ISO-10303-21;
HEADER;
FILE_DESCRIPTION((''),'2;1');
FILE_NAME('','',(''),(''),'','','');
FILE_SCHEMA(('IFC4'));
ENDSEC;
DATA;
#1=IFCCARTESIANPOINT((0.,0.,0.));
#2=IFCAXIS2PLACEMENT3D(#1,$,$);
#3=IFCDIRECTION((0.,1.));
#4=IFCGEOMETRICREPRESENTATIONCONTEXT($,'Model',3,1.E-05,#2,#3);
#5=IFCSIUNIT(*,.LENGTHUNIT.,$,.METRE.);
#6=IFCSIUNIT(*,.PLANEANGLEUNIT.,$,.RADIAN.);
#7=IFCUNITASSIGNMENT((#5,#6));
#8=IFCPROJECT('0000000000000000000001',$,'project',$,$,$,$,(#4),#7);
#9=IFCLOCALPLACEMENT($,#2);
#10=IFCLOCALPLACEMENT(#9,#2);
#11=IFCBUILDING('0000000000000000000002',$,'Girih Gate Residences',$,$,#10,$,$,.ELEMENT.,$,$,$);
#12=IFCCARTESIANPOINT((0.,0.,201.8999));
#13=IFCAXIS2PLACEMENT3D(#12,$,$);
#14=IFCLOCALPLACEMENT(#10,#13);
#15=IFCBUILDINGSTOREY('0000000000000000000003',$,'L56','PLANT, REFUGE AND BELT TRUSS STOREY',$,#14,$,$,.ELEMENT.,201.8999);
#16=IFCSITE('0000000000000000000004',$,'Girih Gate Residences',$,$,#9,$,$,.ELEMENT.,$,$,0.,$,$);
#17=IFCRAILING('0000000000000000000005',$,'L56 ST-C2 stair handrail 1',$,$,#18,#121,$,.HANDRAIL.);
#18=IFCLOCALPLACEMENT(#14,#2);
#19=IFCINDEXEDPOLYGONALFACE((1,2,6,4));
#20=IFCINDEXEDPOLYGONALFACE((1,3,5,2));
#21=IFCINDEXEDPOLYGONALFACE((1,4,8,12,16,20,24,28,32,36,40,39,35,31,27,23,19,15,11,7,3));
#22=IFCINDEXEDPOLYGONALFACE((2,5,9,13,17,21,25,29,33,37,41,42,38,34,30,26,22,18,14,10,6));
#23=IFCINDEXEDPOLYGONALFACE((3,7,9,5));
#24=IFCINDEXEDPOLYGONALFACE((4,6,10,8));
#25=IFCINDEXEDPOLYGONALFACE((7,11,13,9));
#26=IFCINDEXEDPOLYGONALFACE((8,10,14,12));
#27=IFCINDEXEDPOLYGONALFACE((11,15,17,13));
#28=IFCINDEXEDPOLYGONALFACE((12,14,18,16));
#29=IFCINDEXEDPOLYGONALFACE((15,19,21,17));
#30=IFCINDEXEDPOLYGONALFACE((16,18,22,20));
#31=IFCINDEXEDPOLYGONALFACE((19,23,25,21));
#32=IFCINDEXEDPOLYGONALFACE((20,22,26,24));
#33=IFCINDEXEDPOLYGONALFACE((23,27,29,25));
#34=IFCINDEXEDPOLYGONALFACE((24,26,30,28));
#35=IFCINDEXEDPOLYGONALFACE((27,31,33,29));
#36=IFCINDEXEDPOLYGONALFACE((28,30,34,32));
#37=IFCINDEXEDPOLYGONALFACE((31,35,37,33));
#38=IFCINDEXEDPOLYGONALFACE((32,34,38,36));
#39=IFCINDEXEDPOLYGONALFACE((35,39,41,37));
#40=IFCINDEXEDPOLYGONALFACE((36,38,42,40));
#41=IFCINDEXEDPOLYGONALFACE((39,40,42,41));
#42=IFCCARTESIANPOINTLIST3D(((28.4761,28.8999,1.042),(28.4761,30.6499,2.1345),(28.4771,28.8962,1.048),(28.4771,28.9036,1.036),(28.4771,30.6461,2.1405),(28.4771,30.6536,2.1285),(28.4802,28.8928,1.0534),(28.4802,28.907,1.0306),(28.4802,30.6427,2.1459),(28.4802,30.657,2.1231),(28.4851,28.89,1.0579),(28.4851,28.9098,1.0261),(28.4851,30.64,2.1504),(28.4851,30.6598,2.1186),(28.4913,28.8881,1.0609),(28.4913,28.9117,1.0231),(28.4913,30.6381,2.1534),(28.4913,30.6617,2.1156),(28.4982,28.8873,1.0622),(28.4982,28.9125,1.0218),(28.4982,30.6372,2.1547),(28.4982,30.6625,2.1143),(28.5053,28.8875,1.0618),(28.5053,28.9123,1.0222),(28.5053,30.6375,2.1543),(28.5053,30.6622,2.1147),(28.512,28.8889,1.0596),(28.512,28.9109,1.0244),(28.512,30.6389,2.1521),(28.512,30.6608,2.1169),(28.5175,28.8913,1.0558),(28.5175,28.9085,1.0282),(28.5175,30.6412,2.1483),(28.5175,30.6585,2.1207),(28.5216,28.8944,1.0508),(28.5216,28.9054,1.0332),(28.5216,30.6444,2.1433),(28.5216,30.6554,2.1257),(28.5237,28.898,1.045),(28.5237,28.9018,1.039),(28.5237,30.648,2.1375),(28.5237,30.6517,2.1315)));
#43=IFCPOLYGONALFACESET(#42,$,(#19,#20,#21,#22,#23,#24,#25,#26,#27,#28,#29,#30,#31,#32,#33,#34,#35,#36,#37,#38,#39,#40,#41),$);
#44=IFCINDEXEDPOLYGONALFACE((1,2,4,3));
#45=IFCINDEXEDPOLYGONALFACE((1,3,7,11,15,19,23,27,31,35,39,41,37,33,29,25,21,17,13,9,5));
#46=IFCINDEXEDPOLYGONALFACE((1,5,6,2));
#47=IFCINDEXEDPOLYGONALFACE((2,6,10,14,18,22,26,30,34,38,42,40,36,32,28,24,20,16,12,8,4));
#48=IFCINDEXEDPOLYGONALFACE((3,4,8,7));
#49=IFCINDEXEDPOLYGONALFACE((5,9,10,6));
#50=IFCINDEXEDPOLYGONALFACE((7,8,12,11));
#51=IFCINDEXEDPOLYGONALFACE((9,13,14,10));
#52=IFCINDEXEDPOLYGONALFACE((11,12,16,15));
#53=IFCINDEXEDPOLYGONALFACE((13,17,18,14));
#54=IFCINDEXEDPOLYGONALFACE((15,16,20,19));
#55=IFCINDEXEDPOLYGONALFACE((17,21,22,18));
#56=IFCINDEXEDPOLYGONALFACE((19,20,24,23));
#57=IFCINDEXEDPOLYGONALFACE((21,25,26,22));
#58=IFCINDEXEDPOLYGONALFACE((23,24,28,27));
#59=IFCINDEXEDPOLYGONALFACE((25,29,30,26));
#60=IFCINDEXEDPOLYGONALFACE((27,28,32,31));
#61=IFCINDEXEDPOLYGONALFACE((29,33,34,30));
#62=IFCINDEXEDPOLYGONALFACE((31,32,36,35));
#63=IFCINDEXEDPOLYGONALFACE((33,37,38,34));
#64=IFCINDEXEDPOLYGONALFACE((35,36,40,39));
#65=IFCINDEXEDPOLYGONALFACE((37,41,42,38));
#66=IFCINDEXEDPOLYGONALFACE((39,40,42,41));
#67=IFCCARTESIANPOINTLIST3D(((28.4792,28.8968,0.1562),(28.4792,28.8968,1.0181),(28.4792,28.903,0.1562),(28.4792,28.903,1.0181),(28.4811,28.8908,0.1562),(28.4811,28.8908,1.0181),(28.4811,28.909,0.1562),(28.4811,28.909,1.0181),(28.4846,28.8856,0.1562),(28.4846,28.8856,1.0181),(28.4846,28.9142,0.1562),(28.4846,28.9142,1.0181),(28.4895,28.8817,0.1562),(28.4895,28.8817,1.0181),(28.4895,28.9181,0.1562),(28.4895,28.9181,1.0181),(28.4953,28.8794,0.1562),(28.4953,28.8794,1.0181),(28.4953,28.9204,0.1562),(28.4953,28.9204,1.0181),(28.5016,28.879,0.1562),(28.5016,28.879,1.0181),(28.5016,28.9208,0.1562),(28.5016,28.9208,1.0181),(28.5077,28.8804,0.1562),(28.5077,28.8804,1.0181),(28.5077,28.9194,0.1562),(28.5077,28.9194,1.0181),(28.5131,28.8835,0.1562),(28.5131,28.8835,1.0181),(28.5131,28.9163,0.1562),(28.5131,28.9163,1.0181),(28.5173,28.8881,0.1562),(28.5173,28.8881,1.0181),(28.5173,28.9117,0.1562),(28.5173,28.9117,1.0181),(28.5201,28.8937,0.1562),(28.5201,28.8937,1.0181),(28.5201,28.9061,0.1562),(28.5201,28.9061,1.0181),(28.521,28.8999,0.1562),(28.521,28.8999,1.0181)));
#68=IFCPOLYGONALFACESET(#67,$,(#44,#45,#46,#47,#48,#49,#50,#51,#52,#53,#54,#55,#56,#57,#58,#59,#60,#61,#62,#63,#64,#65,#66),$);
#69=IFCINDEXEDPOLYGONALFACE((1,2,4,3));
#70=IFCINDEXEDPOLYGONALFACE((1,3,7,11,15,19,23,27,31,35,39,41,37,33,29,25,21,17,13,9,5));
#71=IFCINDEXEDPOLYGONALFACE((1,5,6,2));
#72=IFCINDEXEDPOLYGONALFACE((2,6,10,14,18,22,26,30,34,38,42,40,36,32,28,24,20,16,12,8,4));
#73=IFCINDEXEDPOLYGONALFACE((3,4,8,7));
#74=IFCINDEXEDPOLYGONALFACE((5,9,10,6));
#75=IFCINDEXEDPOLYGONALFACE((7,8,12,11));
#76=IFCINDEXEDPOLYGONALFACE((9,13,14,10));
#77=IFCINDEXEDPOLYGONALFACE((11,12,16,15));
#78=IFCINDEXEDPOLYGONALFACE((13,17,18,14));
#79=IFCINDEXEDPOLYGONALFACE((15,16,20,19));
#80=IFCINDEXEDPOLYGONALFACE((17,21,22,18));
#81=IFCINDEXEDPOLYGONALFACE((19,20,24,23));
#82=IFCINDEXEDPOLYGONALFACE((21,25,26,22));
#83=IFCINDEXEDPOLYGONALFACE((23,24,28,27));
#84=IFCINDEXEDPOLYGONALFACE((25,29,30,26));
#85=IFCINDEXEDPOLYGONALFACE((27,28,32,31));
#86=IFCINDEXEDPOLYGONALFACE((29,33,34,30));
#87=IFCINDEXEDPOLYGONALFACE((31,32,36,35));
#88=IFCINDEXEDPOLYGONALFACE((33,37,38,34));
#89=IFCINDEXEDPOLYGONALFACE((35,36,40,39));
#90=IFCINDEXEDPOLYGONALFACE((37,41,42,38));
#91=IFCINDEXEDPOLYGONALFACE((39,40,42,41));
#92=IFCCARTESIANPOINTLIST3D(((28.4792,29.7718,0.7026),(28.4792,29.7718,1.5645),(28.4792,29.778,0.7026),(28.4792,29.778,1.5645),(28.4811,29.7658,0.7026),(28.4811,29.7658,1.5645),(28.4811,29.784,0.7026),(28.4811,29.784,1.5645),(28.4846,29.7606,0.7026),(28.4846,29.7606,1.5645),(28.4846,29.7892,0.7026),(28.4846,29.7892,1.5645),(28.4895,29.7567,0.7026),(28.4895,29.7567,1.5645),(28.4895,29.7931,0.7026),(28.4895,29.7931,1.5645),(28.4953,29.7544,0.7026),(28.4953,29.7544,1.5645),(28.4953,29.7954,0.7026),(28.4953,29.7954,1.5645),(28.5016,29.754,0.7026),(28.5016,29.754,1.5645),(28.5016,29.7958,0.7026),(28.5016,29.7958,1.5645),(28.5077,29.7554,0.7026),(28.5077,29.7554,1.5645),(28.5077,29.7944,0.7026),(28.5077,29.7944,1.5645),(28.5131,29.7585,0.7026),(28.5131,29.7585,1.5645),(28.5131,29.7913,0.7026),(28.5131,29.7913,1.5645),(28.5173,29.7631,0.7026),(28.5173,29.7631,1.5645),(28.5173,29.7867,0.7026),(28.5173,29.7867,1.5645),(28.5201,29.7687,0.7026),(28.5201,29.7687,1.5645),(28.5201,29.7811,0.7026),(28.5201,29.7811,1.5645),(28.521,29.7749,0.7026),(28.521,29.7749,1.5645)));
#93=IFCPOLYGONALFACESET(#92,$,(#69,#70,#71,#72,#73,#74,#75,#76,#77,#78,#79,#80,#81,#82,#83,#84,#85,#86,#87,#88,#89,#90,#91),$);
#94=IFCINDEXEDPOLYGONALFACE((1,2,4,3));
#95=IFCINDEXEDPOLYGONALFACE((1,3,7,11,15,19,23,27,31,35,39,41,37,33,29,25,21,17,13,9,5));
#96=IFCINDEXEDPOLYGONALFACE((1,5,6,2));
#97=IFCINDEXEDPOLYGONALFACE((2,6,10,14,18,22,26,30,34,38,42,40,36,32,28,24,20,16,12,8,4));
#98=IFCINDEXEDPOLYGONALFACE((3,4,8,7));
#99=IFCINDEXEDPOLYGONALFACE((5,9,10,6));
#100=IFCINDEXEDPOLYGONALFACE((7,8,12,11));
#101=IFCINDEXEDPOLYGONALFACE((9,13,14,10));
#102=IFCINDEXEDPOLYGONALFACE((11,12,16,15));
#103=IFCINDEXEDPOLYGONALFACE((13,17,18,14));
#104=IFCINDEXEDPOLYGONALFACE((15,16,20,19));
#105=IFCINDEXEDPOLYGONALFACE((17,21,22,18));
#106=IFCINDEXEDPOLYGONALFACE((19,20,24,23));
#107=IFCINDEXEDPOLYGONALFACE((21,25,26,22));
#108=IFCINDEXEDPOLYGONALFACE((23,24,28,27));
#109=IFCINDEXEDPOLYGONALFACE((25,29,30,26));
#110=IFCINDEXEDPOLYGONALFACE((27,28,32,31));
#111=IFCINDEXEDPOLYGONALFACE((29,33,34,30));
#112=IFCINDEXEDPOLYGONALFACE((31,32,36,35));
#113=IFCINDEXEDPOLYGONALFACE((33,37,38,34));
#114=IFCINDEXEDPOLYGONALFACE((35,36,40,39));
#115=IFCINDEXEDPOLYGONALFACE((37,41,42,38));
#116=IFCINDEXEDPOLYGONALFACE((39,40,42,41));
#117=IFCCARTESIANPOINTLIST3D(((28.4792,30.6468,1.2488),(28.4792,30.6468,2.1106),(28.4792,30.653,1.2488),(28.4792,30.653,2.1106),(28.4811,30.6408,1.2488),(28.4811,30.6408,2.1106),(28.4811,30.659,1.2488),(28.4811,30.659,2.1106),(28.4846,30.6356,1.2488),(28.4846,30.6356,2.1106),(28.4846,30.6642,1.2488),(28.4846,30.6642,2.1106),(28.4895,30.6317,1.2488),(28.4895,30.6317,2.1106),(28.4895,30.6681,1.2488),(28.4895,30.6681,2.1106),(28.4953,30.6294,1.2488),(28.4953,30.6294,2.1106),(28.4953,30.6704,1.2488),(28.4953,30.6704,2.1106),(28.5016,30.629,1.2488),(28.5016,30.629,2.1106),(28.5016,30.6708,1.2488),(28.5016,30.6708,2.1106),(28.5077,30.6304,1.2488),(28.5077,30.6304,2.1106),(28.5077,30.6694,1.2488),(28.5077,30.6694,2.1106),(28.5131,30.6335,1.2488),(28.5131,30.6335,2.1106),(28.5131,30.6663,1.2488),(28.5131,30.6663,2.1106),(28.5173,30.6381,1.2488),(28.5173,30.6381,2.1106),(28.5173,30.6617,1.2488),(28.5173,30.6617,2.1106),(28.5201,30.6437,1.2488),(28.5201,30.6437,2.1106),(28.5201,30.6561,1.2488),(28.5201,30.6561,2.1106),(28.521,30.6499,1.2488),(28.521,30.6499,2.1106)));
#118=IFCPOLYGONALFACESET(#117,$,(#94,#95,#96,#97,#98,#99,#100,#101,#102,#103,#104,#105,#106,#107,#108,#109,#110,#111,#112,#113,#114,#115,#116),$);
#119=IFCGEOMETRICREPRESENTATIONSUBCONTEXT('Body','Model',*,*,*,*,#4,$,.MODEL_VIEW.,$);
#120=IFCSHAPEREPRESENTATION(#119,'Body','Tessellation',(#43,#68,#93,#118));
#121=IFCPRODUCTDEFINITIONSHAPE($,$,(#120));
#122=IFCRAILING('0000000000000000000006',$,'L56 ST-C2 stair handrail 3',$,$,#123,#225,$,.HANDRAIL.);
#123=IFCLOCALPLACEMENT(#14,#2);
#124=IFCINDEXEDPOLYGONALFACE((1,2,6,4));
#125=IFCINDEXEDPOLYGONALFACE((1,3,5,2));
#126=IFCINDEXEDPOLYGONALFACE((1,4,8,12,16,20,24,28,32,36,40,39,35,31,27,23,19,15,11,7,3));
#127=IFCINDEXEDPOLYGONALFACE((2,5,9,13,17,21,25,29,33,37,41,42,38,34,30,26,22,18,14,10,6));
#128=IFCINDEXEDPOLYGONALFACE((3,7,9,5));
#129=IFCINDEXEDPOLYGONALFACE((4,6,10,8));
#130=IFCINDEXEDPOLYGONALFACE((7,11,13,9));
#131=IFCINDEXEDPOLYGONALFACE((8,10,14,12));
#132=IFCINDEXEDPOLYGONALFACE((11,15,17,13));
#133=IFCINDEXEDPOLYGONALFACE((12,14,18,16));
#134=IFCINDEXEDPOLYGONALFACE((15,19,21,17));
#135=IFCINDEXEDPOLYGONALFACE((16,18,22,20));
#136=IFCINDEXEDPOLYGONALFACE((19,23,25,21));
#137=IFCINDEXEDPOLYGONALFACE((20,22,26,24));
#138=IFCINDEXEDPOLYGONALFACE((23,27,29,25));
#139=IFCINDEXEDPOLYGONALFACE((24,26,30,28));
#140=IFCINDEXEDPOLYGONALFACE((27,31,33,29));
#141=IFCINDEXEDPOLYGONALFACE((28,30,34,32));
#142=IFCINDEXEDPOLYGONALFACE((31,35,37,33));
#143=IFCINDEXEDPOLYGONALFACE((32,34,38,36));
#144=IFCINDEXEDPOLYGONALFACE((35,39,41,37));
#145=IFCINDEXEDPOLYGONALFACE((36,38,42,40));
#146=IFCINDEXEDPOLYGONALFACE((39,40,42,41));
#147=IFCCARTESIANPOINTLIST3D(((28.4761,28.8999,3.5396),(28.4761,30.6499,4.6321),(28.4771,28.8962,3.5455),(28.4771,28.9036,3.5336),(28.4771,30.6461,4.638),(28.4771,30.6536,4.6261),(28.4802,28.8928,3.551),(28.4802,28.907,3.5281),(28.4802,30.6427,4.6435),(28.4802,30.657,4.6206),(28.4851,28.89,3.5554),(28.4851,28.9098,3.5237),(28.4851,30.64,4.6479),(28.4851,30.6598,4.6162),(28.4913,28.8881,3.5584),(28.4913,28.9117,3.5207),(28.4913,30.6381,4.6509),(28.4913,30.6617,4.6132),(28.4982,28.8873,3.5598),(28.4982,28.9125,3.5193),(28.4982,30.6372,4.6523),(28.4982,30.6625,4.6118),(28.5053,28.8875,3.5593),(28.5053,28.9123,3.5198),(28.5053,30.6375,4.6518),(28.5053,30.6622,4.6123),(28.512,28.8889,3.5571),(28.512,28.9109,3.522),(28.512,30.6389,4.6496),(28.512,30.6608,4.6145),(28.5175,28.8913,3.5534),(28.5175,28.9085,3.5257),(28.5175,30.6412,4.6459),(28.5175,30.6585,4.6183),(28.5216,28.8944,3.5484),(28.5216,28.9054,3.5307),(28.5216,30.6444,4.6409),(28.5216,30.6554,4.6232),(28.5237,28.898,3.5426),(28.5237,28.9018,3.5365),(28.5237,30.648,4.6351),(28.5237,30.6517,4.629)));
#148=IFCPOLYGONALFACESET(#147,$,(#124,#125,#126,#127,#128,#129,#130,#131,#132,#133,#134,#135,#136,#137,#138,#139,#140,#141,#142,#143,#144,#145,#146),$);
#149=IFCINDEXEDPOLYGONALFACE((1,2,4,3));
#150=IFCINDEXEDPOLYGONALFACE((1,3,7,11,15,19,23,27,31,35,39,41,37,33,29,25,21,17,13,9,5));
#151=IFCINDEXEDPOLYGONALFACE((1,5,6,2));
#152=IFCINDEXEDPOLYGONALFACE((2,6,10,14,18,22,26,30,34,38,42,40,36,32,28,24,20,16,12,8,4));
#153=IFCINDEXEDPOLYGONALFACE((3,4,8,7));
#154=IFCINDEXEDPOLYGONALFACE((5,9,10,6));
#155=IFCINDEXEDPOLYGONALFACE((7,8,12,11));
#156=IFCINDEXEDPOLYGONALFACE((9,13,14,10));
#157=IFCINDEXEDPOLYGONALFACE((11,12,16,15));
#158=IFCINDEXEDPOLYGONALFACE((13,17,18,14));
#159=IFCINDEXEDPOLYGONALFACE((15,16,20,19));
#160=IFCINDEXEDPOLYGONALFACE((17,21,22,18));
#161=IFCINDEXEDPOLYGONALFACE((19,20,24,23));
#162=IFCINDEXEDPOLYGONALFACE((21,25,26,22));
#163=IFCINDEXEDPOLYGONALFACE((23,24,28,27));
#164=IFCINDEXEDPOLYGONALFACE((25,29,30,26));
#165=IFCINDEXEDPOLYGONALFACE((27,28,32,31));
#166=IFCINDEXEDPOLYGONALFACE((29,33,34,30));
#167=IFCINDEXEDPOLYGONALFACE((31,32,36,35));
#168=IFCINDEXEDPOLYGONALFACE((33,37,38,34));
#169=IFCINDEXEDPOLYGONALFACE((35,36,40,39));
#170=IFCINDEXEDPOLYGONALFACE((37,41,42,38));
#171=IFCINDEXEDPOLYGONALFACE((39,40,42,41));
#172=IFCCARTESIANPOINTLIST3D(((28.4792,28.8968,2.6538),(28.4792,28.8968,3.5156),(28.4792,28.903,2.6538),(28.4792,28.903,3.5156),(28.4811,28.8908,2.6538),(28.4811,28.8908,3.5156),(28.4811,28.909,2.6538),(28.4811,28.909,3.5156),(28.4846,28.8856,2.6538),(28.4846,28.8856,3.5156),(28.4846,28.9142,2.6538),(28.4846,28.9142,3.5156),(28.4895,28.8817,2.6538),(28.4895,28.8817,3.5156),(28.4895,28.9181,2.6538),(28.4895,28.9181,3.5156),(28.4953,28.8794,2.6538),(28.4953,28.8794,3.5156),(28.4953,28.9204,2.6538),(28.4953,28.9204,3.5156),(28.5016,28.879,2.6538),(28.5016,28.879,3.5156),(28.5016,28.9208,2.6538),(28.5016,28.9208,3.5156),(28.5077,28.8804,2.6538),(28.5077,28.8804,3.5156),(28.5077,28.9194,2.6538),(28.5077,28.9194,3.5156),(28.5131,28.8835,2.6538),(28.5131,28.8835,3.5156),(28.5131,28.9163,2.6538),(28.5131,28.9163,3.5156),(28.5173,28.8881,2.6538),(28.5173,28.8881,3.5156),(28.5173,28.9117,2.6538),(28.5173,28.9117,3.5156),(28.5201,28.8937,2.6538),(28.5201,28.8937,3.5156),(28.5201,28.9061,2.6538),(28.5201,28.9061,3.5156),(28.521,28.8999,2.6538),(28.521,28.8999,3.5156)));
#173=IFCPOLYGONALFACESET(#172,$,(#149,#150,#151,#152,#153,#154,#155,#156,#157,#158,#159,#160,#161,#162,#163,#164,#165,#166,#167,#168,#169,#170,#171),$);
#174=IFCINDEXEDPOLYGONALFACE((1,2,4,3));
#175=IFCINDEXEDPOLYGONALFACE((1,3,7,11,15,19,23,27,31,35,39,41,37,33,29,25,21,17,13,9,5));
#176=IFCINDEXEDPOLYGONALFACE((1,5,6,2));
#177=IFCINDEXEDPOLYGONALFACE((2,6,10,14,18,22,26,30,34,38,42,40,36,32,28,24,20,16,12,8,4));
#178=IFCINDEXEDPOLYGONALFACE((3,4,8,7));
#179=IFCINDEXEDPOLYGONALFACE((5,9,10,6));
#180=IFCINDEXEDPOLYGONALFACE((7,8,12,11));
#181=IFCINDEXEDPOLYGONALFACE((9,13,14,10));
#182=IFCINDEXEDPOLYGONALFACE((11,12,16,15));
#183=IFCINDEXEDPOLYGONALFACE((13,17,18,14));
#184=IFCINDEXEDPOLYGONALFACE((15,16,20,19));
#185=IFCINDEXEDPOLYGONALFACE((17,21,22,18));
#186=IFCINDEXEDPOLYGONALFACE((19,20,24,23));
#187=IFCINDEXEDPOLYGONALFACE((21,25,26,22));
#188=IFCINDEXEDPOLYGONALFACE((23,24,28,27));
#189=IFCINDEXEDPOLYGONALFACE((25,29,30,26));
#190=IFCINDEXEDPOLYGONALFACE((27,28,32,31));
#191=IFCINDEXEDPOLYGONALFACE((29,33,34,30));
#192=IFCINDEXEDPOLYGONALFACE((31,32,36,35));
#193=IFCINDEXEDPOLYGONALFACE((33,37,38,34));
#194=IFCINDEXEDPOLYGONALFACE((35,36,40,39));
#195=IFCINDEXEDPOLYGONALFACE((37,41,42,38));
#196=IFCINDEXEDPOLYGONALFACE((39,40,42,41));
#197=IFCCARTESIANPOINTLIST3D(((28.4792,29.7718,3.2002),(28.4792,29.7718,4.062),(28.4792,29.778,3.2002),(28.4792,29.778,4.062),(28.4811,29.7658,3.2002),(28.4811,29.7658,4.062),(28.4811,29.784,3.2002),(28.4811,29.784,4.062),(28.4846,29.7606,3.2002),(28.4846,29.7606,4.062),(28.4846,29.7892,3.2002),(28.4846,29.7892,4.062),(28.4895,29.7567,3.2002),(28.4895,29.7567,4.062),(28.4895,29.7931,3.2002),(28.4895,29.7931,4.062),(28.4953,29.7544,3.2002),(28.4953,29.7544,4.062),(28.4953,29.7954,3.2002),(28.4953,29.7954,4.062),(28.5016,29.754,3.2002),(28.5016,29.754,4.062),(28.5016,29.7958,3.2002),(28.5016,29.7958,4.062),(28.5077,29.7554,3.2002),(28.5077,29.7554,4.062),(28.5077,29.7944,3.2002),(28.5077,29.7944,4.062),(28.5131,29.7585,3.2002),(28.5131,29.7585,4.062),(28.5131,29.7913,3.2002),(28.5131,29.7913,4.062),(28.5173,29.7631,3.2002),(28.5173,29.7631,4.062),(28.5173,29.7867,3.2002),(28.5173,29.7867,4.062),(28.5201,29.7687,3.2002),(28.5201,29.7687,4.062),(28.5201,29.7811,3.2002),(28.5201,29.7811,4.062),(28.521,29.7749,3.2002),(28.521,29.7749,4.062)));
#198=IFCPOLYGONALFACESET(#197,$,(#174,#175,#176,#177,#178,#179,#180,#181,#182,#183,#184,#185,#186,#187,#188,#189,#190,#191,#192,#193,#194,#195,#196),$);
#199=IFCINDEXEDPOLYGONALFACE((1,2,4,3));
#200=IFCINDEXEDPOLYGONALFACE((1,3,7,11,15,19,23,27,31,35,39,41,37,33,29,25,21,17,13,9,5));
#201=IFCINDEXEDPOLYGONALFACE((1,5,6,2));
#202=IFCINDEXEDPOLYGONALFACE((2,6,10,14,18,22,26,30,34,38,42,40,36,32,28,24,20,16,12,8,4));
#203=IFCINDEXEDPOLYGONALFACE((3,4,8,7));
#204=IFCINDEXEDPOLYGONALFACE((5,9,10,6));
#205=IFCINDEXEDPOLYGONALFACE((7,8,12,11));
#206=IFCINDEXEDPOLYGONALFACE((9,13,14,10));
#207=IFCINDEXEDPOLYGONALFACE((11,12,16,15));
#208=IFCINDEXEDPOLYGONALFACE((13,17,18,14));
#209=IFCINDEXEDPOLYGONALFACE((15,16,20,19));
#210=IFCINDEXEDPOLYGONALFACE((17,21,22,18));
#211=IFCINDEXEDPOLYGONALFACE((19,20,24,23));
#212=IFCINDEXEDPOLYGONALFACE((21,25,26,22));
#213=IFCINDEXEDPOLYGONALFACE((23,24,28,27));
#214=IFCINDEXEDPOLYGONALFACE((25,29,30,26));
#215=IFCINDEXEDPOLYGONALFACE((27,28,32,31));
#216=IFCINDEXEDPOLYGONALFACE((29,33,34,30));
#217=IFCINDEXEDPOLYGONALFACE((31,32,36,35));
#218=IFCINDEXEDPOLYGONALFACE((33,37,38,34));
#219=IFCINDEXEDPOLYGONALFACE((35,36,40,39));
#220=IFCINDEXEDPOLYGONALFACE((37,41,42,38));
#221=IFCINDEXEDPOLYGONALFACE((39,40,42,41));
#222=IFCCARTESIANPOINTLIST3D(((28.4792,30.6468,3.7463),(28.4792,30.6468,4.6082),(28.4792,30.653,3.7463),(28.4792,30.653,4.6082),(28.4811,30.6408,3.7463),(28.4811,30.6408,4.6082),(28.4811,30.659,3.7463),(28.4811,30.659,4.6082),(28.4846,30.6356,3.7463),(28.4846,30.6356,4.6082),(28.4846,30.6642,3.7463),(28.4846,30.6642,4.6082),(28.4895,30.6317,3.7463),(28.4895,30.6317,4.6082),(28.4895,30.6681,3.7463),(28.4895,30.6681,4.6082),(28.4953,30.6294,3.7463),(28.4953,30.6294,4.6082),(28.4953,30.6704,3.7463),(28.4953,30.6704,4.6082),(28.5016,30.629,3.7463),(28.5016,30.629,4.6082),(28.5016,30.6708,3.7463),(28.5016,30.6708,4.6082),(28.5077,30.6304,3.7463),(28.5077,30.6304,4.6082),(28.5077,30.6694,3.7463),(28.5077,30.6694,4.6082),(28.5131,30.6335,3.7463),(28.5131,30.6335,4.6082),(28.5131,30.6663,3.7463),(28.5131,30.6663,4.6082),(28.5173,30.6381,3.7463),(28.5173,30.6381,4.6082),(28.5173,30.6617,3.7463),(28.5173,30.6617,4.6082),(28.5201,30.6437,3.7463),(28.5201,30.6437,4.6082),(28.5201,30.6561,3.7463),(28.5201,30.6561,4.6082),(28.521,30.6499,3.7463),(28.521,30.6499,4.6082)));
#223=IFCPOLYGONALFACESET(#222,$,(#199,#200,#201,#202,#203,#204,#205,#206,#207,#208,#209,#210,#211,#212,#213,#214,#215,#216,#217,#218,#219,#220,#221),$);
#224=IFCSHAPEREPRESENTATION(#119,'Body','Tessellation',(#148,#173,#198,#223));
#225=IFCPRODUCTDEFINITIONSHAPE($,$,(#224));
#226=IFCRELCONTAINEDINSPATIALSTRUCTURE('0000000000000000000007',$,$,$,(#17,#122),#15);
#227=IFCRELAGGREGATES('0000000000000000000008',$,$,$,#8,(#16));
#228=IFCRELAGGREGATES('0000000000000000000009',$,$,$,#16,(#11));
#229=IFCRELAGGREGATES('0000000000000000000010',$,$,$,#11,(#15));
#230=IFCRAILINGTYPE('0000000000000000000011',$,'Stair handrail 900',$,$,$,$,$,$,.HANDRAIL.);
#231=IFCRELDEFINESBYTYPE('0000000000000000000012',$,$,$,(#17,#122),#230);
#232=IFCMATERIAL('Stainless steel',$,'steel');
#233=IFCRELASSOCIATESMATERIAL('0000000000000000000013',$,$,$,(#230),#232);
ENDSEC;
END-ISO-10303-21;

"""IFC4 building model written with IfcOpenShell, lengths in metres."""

from ifc_helpers import new_model, si_unit, direction, frame, origin, origin_2d, place, context, subcontext, project, spatial, circle, extrude, material, type_object, element, save


model = new_model("IFC4")

# Units and contexts
model_context = context("Model", 3, precision=1e-05, world=origin(), true_north=direction((0.0, 1.0)))
body_context = subcontext(model_context, "Body", "Model", "MODEL_VIEW")
ifc_project = project(units=[si_unit("LENGTHUNIT", "METRE"), si_unit("PLANEANGLEUNIT", "RADIAN")], contexts=[model_context])

# Site, building, storey
site_placement = place(None, origin())
site = spatial("IfcSite", under=ifc_project, at=site_placement, Name="Girih Gate Residences", CompositionType="ELEMENT", RefElevation=0.0)
building_placement = place(site_placement, origin())
building = spatial("IfcBuilding", under=site, at=building_placement, Name="Girih Gate Residences", CompositionType="ELEMENT")
storey_placement = place(building_placement, frame((0.0, 0.0, 201.8999)))
storey = spatial("IfcBuildingStorey", under=building, at=storey_placement, Name="L56", Description="PLANT, REFUGE AND BELT TRUSS STOREY", CompositionType="ELEMENT", Elevation=201.8999)

# Railings
ifc_material_1 = material(Name="Stainless steel", Category="steel")
railing_type_1 = type_object("IfcRailingType", Name="Stair handrail 900", PredefinedType="HANDRAIL", material=ifc_material_1)
for number, where, name in (
    (1, (28.5, 28.8999, 0.1562), "L56 ST-C2 stair handrail 1"),
    (2, (28.5, 28.8999, 2.6538), "L56 ST-C2 stair handrail 3"),
):
    element("IfcRailing", number, at=place(storey_placement, frame(where)), inside=storey, type_object=railing_type_1, Name=name, PredefinedType="HANDRAIL", context=body_context, shape_type="SweptSolid", body=[
        extrude(circle(Radius=0.0239, at=origin_2d()), frame((0.0, 0.0, 0.8857), z_axis=(0.0, 0.848264, 0.529573), x_axis=(-1.0, 0.0, 0.0)), (0.0, 0.0, 1.0), 2.063),
        extrude(circle(Radius=0.021, at=origin_2d()), origin(), (0.0, 0.0, 1.0), 0.8618),
        extrude(circle(Radius=0.021, at=origin_2d()), frame((0.0, 0.875, 0.5464)), (0.0, 0.0, 1.0), 0.8618),
        extrude(circle(Radius=0.021, at=origin_2d()), frame((0.0, 1.75, 1.0925)), (0.0, 0.0, 1.0), 0.8618),
    ])

save(model, "model.ifc")
